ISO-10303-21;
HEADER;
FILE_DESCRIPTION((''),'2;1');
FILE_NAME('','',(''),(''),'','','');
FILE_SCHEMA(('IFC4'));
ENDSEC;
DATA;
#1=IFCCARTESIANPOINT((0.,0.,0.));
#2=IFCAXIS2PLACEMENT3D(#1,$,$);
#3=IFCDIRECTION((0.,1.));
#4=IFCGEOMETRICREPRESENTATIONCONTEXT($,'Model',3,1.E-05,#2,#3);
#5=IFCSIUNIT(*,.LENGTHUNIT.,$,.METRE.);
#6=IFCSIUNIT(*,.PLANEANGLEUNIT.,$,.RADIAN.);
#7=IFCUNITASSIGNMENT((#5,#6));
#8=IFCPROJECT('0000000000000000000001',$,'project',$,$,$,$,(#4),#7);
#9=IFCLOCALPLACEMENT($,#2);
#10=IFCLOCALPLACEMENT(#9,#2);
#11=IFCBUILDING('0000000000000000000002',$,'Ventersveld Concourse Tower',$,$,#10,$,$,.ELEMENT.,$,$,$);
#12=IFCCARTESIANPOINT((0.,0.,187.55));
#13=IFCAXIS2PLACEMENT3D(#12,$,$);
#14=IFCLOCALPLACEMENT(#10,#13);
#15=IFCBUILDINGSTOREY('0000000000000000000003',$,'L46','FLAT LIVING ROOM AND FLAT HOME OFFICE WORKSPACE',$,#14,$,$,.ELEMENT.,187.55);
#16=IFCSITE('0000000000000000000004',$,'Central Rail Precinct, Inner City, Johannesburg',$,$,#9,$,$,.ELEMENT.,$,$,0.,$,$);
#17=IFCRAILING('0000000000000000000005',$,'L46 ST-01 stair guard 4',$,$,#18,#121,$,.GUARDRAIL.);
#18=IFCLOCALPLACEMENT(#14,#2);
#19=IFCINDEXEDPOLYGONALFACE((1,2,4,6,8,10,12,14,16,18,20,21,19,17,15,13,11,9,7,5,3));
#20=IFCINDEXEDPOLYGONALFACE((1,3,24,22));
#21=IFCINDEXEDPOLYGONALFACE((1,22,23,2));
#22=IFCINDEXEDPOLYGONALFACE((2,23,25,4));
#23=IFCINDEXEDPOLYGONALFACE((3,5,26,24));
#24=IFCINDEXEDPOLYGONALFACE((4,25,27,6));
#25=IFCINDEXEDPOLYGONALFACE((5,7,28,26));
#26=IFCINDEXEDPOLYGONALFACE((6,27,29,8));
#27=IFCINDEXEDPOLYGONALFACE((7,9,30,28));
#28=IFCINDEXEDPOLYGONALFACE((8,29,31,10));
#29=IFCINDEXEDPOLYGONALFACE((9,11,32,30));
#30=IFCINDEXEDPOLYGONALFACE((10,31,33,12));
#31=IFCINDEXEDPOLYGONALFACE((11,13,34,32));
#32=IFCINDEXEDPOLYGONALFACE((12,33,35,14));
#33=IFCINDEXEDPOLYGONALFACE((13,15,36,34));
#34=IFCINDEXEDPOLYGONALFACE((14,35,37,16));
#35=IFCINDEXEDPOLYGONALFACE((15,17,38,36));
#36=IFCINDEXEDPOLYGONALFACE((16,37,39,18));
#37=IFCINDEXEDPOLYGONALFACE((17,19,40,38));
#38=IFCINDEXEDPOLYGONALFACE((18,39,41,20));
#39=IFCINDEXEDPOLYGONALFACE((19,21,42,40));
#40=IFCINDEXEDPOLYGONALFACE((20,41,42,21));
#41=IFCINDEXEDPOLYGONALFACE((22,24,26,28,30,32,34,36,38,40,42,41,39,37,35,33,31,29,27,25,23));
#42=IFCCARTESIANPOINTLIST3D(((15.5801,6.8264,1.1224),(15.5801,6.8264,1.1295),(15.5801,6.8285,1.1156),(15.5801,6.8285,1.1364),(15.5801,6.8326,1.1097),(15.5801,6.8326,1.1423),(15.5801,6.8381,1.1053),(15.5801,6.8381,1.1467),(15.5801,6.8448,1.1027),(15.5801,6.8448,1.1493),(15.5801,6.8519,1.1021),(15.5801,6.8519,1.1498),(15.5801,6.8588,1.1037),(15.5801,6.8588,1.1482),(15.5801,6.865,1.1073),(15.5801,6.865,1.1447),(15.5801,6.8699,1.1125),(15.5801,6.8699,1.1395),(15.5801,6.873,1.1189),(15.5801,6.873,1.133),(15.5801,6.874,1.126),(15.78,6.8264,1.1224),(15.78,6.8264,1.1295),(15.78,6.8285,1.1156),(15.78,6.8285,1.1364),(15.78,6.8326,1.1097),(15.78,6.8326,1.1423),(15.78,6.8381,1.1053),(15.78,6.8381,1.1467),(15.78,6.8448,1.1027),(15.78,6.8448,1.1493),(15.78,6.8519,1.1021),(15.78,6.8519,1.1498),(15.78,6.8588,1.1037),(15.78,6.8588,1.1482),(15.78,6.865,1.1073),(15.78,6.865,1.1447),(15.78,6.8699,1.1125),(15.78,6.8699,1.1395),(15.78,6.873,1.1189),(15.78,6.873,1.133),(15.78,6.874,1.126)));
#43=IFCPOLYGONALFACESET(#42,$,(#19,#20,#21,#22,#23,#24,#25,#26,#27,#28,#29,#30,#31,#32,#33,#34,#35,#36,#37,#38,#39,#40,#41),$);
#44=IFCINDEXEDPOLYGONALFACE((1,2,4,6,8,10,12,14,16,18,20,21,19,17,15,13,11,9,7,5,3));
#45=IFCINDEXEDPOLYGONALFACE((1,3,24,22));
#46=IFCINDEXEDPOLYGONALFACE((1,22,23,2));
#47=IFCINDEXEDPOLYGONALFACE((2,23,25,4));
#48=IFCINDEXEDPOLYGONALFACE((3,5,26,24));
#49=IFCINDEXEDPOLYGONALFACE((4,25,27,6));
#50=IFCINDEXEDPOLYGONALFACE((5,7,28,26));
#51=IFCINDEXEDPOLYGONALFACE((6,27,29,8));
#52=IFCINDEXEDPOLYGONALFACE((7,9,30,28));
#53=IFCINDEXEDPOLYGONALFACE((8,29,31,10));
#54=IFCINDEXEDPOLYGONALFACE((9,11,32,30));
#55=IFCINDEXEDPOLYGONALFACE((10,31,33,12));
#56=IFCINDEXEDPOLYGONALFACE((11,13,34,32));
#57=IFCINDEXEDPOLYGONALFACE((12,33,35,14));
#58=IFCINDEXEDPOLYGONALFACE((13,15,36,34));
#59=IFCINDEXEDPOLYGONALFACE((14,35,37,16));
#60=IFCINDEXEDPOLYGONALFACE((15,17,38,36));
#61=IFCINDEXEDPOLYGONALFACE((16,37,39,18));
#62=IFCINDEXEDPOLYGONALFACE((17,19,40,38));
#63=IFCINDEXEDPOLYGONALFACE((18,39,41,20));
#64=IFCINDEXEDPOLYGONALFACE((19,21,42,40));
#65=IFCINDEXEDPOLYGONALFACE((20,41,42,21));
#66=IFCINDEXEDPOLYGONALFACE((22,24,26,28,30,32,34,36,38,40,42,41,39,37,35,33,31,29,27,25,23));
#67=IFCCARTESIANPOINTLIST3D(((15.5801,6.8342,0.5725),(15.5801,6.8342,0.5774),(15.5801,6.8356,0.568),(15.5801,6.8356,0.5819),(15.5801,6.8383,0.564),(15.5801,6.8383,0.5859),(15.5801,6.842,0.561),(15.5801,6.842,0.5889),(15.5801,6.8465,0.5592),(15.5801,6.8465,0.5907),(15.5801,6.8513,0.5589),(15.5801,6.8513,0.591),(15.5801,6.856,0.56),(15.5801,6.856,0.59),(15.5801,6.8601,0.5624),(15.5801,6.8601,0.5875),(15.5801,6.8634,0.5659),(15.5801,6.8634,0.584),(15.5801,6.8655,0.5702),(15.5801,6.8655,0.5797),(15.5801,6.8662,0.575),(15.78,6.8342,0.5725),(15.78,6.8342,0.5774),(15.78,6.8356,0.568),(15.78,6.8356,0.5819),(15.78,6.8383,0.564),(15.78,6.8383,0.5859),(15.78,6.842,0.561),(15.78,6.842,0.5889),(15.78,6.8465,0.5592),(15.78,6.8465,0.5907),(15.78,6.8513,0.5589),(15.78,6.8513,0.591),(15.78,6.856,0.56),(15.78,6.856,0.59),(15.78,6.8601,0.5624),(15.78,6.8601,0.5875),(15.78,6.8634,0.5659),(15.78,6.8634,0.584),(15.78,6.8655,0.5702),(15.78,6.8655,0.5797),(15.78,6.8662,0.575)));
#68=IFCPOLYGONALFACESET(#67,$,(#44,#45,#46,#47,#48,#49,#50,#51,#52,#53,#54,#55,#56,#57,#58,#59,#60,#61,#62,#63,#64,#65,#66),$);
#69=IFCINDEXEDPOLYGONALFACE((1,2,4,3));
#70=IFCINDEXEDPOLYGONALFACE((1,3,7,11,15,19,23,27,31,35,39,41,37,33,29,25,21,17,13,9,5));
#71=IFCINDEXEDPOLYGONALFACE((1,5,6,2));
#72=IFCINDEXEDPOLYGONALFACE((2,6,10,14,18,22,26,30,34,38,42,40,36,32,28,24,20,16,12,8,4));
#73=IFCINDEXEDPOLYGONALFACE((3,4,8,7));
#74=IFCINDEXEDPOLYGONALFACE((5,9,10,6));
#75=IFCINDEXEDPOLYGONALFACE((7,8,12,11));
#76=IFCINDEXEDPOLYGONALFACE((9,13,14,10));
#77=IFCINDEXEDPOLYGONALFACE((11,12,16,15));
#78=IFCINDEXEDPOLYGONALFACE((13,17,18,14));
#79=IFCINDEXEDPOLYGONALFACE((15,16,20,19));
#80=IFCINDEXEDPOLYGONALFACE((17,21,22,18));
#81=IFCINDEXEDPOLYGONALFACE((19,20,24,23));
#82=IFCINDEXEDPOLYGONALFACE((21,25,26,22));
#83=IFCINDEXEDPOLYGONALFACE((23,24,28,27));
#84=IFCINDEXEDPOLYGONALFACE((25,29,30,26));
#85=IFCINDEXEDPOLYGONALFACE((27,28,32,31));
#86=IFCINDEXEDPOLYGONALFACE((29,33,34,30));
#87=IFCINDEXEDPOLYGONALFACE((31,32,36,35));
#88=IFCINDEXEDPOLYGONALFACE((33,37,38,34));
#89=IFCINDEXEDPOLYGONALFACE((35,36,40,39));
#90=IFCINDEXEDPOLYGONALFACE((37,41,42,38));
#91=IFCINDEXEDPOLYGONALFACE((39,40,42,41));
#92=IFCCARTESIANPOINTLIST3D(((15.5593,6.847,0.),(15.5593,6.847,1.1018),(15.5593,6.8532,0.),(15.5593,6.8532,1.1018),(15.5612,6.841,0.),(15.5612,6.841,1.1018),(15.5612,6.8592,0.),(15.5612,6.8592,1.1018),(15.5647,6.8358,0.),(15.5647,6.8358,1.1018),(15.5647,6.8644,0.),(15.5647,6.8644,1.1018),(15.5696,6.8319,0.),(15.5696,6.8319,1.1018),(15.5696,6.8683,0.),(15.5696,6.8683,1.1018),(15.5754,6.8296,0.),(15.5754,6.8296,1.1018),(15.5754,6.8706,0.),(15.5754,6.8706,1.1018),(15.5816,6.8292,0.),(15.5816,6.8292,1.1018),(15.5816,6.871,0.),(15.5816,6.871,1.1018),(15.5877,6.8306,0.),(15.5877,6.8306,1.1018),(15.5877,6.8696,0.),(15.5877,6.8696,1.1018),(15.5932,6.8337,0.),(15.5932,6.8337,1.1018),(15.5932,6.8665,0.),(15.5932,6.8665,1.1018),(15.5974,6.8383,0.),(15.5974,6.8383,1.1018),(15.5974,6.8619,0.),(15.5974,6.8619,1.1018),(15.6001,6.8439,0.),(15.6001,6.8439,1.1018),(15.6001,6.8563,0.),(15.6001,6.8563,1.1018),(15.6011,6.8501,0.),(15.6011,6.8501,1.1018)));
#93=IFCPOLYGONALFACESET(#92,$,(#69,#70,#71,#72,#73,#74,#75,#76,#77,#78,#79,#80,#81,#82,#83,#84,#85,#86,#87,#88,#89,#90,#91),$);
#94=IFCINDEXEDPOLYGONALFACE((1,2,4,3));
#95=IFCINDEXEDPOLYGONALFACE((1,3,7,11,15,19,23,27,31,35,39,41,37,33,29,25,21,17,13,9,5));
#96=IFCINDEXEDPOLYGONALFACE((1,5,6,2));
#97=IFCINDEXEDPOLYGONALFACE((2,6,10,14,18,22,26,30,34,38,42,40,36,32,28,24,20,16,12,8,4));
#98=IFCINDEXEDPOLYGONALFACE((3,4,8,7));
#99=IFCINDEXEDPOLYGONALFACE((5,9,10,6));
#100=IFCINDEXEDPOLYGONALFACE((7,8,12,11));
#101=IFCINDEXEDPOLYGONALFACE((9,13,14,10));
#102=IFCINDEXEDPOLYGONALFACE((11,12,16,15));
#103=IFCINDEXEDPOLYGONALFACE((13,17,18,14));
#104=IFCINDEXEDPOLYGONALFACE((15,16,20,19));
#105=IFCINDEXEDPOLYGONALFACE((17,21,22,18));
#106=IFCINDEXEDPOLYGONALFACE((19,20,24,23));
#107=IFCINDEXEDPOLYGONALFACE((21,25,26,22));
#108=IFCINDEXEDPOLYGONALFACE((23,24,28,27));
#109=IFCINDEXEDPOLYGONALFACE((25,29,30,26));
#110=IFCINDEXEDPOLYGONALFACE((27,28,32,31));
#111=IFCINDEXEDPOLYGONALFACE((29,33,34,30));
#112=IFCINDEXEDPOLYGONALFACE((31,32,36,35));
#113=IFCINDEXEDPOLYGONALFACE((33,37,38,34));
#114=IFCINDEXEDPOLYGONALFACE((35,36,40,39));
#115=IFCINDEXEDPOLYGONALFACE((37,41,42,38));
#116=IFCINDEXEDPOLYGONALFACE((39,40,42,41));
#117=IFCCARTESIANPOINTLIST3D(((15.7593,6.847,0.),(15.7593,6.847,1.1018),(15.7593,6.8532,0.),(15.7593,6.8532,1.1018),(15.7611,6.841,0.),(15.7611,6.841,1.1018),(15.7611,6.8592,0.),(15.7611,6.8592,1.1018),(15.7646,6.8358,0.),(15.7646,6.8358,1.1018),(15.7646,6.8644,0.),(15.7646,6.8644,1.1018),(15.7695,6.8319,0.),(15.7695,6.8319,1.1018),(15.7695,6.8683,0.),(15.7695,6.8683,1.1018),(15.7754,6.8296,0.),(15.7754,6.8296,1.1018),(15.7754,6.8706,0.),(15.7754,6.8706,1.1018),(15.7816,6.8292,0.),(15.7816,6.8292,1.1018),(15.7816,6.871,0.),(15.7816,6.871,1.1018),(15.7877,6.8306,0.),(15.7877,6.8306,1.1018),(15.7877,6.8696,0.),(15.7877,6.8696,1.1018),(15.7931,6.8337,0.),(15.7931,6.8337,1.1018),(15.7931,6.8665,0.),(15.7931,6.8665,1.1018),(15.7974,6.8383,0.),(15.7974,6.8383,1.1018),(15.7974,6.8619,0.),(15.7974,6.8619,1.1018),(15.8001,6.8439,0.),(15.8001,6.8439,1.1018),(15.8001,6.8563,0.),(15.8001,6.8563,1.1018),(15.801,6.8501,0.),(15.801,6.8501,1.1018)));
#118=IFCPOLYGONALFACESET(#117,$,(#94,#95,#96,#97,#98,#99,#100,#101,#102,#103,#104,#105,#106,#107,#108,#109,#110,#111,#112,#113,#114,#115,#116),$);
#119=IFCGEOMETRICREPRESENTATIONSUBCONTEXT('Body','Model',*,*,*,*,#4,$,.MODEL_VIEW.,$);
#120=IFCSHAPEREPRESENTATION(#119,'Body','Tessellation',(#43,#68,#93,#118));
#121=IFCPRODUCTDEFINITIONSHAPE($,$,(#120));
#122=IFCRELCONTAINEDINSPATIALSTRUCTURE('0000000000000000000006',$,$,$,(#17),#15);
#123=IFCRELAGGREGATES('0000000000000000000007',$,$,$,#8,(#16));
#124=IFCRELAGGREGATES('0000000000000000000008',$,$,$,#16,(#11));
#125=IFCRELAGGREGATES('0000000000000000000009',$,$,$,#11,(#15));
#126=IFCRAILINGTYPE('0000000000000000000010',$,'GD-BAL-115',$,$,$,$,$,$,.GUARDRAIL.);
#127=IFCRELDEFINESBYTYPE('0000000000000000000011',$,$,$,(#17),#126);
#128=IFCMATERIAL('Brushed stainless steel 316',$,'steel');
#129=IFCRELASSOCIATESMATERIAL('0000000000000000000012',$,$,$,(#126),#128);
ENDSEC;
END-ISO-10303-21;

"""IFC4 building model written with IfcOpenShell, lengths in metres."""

from ifc_helpers import new_model, si_unit, direction, frame, origin, origin_2d, place, context, subcontext, project, spatial, circle, extrude, material, type_object, element, save


model = new_model("IFC4")

# Units and contexts
model_context = context("Model", 3, precision=1e-05, world=origin(), true_north=direction((0.0, 1.0)))
body_context = subcontext(model_context, "Body", "Model", "MODEL_VIEW")
ifc_project = project(units=[si_unit("LENGTHUNIT", "METRE"), si_unit("PLANEANGLEUNIT", "RADIAN")], contexts=[model_context])

# Site, building, storey
site_placement = place(None, origin())
site = spatial("IfcSite", under=ifc_project, at=site_placement, Name="Central Rail Precinct, Inner City, Johannesburg", CompositionType="ELEMENT", RefElevation=0.0)
building_placement = place(site_placement, origin())
building = spatial("IfcBuilding", under=site, at=building_placement, Name="Ventersveld Concourse Tower", CompositionType="ELEMENT")
storey_placement = place(building_placement, frame((0.0, 0.0, 187.55)))
storey = spatial("IfcBuildingStorey", under=building, at=storey_placement, Name="L46", Description="FLAT LIVING ROOM AND FLAT HOME OFFICE WORKSPACE", CompositionType="ELEMENT", Elevation=187.55)

# Shared definitions
ifc_material_1 = material(Name="Brushed stainless steel 316", Category="steel")

# Railing
railing_type = type_object("IfcRailingType", Name="GD-BAL-115", PredefinedType="GUARDRAIL", material=ifc_material_1)
railing_placement = place(storey_placement, frame((15.5801, 6.8501, 0.0)))
element("IfcRailing", 1, at=railing_placement, inside=storey, type_object=railing_type, Name="L46 ST-01 stair guard 4", PredefinedType="GUARDRAIL", context=body_context, shape_type="SweptSolid", body=[
    extrude(circle(Radius=0.0239, at=origin_2d()), frame((0.0, 0.0, 1.126), z_axis=(1.0, 0.0, 0.0), x_axis=(0.0, 1.0, 0.0)), (0.0, 0.0, 1.0), 0.2),
    extrude(circle(Radius=0.0161, at=origin_2d()), frame((0.0, 0.0, 0.575), z_axis=(1.0, 0.0, 0.0), x_axis=(0.0, 1.0, 0.0)), (0.0, 0.0, 1.0), 0.2),
    extrude(circle(Radius=0.021, at=origin_2d()), origin(), (0.0, 0.0, 1.0), 1.1018),
    extrude(circle(Radius=0.021, at=origin_2d()), frame((0.2, 0.0, 0.0)), (0.0, 0.0, 1.0), 1.1018),
])

save(model, "model.ifc")
